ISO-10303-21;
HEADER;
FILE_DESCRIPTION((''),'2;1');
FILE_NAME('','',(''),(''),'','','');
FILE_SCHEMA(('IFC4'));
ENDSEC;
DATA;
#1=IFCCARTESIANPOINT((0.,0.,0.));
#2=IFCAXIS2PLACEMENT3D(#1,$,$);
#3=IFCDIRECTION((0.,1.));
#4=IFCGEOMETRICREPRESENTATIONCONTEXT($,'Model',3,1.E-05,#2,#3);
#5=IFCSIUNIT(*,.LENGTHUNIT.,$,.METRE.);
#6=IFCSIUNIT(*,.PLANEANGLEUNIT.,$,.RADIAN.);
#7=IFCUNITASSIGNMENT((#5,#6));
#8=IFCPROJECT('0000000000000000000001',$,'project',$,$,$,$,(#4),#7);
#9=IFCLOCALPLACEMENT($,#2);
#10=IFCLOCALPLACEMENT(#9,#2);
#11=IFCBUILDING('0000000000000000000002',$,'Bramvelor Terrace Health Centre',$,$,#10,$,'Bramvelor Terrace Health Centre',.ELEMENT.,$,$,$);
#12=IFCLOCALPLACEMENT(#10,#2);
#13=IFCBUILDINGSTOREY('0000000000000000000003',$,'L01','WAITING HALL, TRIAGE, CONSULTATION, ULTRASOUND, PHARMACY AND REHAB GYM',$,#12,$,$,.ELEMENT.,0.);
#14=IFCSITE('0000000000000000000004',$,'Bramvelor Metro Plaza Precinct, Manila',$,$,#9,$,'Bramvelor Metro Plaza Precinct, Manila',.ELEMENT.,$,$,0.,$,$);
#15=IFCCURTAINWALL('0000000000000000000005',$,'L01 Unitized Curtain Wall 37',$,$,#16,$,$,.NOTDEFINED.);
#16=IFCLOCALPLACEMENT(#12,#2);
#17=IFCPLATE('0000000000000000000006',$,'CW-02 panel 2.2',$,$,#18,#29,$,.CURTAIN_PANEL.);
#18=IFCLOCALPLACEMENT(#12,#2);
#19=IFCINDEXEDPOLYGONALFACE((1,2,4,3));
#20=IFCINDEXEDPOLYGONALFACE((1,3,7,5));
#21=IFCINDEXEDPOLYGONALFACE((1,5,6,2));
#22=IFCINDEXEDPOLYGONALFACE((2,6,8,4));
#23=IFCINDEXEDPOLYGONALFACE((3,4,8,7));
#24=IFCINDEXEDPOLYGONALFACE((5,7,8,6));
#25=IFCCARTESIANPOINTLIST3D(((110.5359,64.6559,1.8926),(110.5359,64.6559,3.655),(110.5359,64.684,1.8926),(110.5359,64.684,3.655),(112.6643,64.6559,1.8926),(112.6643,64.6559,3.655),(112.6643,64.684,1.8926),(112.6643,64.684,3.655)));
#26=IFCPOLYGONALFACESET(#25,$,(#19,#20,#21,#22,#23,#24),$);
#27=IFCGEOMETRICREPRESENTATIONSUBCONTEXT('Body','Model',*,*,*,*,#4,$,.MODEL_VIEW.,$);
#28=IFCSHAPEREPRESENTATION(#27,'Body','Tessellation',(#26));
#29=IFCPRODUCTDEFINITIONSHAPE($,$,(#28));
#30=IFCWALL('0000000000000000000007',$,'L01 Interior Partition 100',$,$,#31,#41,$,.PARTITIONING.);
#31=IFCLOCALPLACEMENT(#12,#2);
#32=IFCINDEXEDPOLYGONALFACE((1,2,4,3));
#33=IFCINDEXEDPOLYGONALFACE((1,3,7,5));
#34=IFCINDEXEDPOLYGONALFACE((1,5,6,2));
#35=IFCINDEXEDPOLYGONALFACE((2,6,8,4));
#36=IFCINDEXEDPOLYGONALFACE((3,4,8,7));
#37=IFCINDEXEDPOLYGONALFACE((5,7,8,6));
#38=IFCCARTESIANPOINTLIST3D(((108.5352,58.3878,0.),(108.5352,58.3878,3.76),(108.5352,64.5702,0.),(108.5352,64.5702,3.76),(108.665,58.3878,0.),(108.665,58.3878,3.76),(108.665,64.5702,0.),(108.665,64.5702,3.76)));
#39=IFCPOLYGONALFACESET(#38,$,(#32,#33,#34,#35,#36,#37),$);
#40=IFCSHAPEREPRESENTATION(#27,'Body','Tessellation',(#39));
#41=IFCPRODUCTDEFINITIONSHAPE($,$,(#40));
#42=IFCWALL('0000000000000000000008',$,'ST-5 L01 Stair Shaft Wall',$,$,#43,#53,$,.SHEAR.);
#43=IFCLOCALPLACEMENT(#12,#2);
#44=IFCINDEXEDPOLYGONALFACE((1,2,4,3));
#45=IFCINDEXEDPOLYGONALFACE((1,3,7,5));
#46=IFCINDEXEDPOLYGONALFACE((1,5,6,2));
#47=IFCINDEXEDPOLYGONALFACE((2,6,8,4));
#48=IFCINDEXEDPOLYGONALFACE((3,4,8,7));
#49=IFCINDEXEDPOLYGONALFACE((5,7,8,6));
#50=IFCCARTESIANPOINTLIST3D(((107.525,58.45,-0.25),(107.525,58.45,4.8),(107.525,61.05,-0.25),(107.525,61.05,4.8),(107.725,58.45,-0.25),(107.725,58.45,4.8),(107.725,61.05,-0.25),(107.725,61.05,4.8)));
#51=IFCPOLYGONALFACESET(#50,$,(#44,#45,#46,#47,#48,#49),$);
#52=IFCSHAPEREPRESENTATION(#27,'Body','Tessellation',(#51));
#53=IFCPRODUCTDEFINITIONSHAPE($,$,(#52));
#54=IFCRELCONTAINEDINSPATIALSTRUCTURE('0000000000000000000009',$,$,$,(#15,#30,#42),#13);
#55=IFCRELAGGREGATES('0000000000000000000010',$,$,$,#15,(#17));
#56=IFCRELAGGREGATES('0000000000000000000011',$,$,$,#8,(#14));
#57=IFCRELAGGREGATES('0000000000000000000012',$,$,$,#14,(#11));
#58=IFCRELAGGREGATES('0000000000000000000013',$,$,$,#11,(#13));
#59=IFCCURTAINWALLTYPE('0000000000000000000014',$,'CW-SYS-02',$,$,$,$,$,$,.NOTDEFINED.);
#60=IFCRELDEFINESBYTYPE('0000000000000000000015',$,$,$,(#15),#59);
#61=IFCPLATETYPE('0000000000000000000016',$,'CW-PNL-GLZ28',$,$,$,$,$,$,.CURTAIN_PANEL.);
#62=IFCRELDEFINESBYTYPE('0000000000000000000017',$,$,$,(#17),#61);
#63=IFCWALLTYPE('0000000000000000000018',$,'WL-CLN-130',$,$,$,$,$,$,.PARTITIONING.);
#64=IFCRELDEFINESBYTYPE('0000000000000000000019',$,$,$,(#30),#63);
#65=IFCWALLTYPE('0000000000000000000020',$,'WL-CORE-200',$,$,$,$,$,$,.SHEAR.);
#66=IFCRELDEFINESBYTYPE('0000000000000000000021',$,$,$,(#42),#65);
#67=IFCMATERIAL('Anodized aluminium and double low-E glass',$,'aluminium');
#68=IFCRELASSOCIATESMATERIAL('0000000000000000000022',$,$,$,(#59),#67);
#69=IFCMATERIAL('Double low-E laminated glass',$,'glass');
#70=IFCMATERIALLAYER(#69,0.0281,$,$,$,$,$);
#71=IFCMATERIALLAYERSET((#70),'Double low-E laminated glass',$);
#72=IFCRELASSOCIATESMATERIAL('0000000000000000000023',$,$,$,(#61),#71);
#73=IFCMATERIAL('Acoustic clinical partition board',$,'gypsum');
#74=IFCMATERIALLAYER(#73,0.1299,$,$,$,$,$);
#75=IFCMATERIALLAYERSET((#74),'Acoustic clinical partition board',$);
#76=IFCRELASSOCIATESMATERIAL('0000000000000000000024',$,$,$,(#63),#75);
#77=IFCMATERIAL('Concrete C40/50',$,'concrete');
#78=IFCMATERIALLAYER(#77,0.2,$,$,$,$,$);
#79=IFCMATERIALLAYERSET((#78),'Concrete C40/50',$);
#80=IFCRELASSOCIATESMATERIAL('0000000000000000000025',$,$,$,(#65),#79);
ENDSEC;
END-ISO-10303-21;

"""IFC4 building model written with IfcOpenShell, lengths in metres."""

from ifc_helpers import new_model, si_unit, direction, frame, frame_2d, origin, origin_2d, place, context, subcontext, project, spatial, rectangle, extrude, material, layer, layer_set, type_object, element, aggregate, save


model = new_model("IFC4")

# Units and contexts
model_context = context("Model", 3, precision=1e-05, world=origin(), true_north=direction((0.0, 1.0)))
body_context = subcontext(model_context, "Body", "Model", "MODEL_VIEW")
ifc_project = project(units=[si_unit("LENGTHUNIT", "METRE"), si_unit("PLANEANGLEUNIT", "RADIAN")], contexts=[model_context])

# Site, building, storey
site_placement = place(None, origin())
site = spatial("IfcSite", under=ifc_project, at=site_placement, Name="Bramvelor Metro Plaza Precinct, Manila", LongName="Bramvelor Metro Plaza Precinct, Manila", CompositionType="ELEMENT", RefElevation=0.0)
building_placement = place(site_placement, origin())
building = spatial("IfcBuilding", under=site, at=building_placement, Name="Bramvelor Terrace Health Centre", LongName="Bramvelor Terrace Health Centre", CompositionType="ELEMENT")
storey_placement = place(building_placement, origin())
storey = spatial("IfcBuildingStorey", under=building, at=storey_placement, Name="L01", Description="WAITING HALL, TRIAGE, CONSULTATION, ULTRASOUND, PHARMACY AND REHAB GYM", CompositionType="ELEMENT", Elevation=0.0)

# Curtain wall, plate
ifc_material_1 = material(Name="Anodized aluminium and double low-E glass", Category="aluminium")
curtain_wall_type = type_object("IfcCurtainWallType", Name="CW-SYS-02", PredefinedType="NOTDEFINED", material=ifc_material_1)
curtain_wall_placement = place(storey_placement, origin())
curtain_wall = element("IfcCurtainWall", 1, at=curtain_wall_placement, inside=storey, type_object=curtain_wall_type, Name="L01 Unitized Curtain Wall 37", PredefinedType="NOTDEFINED")
ifc_material_2 = material(Name="Double low-E laminated glass", Category="glass")
ifc_layer_1 = layer(ifc_material_2, 0.0281)
ifc_layer_set_1 = layer_set([ifc_layer_1], Name="Double low-E laminated glass")
plate_type = type_object("IfcPlateType", Name="CW-PNL-GLZ28", PredefinedType="CURTAIN_PANEL", material=ifc_layer_set_1)
plate_1_placement = place(storey_placement, frame((111.6001, 64.6699, 1.8926), z_axis=(0.0, 0.0, 1.0), x_axis=(1.0, 0.0, 0.0)))
plate_1 = element("IfcPlate", 2, at=plate_1_placement, type_object=plate_type, Name="CW-02 panel 2.2", PredefinedType="CURTAIN_PANEL", context=body_context, shape_type="SweptSolid", body=[
    extrude(rectangle(XDim=2.1284, YDim=0.0281, at=origin_2d()), origin(), (0.0, 0.0, 1.0), 1.7625),
])
aggregate(curtain_wall, [plate_1])

# Walls
ifc_material_3 = material(Name="Acoustic clinical partition board", Category="gypsum")
ifc_layer_2 = layer(ifc_material_3, 0.1299)
ifc_layer_set_2 = layer_set([ifc_layer_2], Name="Acoustic clinical partition board")
wall_type_1 = type_object("IfcWallType", Name="WL-CLN-130", PredefinedType="PARTITIONING", material=ifc_layer_set_2)
wall_1_placement = place(storey_placement, frame((108.6001, 58.3877, 0.0), z_axis=(0.0, 0.0, 1.0), x_axis=(0.0, 1.0, 0.0)))
element("IfcWall", 3, at=wall_1_placement, inside=storey, type_object=wall_type_1, Name="L01 Interior Partition 100", PredefinedType="PARTITIONING", context=body_context, shape_type="SweptSolid", body=[
    extrude(rectangle(XDim=6.1824, YDim=0.1299, at=frame_2d((3.0913, 0.0))), origin(), (0.0, 0.0, 1.0), 3.76),
])
ifc_material_4 = material(Name="Concrete C40/50", Category="concrete")
ifc_layer_3 = layer(ifc_material_4, 0.2)
ifc_layer_set_3 = layer_set([ifc_layer_3], Name="Concrete C40/50")
wall_type_2 = type_object("IfcWallType", Name="WL-CORE-200", PredefinedType="SHEAR", material=ifc_layer_set_3)
wall_2_placement = place(storey_placement, frame((107.625, 58.45, -0.25), z_axis=(0.0, 0.0, 1.0), x_axis=(0.0, 1.0, 0.0)))
element("IfcWall", 4, at=wall_2_placement, inside=storey, type_object=wall_type_2, Name="ST-5 L01 Stair Shaft Wall", PredefinedType="SHEAR", context=body_context, shape_type="SweptSolid", body=[
    extrude(rectangle(XDim=2.6001, YDim=0.2, at=frame_2d((1.3, 0.0))), origin(), (0.0, 0.0, 1.0), 5.05),
])

save(model, "model.ifc")
